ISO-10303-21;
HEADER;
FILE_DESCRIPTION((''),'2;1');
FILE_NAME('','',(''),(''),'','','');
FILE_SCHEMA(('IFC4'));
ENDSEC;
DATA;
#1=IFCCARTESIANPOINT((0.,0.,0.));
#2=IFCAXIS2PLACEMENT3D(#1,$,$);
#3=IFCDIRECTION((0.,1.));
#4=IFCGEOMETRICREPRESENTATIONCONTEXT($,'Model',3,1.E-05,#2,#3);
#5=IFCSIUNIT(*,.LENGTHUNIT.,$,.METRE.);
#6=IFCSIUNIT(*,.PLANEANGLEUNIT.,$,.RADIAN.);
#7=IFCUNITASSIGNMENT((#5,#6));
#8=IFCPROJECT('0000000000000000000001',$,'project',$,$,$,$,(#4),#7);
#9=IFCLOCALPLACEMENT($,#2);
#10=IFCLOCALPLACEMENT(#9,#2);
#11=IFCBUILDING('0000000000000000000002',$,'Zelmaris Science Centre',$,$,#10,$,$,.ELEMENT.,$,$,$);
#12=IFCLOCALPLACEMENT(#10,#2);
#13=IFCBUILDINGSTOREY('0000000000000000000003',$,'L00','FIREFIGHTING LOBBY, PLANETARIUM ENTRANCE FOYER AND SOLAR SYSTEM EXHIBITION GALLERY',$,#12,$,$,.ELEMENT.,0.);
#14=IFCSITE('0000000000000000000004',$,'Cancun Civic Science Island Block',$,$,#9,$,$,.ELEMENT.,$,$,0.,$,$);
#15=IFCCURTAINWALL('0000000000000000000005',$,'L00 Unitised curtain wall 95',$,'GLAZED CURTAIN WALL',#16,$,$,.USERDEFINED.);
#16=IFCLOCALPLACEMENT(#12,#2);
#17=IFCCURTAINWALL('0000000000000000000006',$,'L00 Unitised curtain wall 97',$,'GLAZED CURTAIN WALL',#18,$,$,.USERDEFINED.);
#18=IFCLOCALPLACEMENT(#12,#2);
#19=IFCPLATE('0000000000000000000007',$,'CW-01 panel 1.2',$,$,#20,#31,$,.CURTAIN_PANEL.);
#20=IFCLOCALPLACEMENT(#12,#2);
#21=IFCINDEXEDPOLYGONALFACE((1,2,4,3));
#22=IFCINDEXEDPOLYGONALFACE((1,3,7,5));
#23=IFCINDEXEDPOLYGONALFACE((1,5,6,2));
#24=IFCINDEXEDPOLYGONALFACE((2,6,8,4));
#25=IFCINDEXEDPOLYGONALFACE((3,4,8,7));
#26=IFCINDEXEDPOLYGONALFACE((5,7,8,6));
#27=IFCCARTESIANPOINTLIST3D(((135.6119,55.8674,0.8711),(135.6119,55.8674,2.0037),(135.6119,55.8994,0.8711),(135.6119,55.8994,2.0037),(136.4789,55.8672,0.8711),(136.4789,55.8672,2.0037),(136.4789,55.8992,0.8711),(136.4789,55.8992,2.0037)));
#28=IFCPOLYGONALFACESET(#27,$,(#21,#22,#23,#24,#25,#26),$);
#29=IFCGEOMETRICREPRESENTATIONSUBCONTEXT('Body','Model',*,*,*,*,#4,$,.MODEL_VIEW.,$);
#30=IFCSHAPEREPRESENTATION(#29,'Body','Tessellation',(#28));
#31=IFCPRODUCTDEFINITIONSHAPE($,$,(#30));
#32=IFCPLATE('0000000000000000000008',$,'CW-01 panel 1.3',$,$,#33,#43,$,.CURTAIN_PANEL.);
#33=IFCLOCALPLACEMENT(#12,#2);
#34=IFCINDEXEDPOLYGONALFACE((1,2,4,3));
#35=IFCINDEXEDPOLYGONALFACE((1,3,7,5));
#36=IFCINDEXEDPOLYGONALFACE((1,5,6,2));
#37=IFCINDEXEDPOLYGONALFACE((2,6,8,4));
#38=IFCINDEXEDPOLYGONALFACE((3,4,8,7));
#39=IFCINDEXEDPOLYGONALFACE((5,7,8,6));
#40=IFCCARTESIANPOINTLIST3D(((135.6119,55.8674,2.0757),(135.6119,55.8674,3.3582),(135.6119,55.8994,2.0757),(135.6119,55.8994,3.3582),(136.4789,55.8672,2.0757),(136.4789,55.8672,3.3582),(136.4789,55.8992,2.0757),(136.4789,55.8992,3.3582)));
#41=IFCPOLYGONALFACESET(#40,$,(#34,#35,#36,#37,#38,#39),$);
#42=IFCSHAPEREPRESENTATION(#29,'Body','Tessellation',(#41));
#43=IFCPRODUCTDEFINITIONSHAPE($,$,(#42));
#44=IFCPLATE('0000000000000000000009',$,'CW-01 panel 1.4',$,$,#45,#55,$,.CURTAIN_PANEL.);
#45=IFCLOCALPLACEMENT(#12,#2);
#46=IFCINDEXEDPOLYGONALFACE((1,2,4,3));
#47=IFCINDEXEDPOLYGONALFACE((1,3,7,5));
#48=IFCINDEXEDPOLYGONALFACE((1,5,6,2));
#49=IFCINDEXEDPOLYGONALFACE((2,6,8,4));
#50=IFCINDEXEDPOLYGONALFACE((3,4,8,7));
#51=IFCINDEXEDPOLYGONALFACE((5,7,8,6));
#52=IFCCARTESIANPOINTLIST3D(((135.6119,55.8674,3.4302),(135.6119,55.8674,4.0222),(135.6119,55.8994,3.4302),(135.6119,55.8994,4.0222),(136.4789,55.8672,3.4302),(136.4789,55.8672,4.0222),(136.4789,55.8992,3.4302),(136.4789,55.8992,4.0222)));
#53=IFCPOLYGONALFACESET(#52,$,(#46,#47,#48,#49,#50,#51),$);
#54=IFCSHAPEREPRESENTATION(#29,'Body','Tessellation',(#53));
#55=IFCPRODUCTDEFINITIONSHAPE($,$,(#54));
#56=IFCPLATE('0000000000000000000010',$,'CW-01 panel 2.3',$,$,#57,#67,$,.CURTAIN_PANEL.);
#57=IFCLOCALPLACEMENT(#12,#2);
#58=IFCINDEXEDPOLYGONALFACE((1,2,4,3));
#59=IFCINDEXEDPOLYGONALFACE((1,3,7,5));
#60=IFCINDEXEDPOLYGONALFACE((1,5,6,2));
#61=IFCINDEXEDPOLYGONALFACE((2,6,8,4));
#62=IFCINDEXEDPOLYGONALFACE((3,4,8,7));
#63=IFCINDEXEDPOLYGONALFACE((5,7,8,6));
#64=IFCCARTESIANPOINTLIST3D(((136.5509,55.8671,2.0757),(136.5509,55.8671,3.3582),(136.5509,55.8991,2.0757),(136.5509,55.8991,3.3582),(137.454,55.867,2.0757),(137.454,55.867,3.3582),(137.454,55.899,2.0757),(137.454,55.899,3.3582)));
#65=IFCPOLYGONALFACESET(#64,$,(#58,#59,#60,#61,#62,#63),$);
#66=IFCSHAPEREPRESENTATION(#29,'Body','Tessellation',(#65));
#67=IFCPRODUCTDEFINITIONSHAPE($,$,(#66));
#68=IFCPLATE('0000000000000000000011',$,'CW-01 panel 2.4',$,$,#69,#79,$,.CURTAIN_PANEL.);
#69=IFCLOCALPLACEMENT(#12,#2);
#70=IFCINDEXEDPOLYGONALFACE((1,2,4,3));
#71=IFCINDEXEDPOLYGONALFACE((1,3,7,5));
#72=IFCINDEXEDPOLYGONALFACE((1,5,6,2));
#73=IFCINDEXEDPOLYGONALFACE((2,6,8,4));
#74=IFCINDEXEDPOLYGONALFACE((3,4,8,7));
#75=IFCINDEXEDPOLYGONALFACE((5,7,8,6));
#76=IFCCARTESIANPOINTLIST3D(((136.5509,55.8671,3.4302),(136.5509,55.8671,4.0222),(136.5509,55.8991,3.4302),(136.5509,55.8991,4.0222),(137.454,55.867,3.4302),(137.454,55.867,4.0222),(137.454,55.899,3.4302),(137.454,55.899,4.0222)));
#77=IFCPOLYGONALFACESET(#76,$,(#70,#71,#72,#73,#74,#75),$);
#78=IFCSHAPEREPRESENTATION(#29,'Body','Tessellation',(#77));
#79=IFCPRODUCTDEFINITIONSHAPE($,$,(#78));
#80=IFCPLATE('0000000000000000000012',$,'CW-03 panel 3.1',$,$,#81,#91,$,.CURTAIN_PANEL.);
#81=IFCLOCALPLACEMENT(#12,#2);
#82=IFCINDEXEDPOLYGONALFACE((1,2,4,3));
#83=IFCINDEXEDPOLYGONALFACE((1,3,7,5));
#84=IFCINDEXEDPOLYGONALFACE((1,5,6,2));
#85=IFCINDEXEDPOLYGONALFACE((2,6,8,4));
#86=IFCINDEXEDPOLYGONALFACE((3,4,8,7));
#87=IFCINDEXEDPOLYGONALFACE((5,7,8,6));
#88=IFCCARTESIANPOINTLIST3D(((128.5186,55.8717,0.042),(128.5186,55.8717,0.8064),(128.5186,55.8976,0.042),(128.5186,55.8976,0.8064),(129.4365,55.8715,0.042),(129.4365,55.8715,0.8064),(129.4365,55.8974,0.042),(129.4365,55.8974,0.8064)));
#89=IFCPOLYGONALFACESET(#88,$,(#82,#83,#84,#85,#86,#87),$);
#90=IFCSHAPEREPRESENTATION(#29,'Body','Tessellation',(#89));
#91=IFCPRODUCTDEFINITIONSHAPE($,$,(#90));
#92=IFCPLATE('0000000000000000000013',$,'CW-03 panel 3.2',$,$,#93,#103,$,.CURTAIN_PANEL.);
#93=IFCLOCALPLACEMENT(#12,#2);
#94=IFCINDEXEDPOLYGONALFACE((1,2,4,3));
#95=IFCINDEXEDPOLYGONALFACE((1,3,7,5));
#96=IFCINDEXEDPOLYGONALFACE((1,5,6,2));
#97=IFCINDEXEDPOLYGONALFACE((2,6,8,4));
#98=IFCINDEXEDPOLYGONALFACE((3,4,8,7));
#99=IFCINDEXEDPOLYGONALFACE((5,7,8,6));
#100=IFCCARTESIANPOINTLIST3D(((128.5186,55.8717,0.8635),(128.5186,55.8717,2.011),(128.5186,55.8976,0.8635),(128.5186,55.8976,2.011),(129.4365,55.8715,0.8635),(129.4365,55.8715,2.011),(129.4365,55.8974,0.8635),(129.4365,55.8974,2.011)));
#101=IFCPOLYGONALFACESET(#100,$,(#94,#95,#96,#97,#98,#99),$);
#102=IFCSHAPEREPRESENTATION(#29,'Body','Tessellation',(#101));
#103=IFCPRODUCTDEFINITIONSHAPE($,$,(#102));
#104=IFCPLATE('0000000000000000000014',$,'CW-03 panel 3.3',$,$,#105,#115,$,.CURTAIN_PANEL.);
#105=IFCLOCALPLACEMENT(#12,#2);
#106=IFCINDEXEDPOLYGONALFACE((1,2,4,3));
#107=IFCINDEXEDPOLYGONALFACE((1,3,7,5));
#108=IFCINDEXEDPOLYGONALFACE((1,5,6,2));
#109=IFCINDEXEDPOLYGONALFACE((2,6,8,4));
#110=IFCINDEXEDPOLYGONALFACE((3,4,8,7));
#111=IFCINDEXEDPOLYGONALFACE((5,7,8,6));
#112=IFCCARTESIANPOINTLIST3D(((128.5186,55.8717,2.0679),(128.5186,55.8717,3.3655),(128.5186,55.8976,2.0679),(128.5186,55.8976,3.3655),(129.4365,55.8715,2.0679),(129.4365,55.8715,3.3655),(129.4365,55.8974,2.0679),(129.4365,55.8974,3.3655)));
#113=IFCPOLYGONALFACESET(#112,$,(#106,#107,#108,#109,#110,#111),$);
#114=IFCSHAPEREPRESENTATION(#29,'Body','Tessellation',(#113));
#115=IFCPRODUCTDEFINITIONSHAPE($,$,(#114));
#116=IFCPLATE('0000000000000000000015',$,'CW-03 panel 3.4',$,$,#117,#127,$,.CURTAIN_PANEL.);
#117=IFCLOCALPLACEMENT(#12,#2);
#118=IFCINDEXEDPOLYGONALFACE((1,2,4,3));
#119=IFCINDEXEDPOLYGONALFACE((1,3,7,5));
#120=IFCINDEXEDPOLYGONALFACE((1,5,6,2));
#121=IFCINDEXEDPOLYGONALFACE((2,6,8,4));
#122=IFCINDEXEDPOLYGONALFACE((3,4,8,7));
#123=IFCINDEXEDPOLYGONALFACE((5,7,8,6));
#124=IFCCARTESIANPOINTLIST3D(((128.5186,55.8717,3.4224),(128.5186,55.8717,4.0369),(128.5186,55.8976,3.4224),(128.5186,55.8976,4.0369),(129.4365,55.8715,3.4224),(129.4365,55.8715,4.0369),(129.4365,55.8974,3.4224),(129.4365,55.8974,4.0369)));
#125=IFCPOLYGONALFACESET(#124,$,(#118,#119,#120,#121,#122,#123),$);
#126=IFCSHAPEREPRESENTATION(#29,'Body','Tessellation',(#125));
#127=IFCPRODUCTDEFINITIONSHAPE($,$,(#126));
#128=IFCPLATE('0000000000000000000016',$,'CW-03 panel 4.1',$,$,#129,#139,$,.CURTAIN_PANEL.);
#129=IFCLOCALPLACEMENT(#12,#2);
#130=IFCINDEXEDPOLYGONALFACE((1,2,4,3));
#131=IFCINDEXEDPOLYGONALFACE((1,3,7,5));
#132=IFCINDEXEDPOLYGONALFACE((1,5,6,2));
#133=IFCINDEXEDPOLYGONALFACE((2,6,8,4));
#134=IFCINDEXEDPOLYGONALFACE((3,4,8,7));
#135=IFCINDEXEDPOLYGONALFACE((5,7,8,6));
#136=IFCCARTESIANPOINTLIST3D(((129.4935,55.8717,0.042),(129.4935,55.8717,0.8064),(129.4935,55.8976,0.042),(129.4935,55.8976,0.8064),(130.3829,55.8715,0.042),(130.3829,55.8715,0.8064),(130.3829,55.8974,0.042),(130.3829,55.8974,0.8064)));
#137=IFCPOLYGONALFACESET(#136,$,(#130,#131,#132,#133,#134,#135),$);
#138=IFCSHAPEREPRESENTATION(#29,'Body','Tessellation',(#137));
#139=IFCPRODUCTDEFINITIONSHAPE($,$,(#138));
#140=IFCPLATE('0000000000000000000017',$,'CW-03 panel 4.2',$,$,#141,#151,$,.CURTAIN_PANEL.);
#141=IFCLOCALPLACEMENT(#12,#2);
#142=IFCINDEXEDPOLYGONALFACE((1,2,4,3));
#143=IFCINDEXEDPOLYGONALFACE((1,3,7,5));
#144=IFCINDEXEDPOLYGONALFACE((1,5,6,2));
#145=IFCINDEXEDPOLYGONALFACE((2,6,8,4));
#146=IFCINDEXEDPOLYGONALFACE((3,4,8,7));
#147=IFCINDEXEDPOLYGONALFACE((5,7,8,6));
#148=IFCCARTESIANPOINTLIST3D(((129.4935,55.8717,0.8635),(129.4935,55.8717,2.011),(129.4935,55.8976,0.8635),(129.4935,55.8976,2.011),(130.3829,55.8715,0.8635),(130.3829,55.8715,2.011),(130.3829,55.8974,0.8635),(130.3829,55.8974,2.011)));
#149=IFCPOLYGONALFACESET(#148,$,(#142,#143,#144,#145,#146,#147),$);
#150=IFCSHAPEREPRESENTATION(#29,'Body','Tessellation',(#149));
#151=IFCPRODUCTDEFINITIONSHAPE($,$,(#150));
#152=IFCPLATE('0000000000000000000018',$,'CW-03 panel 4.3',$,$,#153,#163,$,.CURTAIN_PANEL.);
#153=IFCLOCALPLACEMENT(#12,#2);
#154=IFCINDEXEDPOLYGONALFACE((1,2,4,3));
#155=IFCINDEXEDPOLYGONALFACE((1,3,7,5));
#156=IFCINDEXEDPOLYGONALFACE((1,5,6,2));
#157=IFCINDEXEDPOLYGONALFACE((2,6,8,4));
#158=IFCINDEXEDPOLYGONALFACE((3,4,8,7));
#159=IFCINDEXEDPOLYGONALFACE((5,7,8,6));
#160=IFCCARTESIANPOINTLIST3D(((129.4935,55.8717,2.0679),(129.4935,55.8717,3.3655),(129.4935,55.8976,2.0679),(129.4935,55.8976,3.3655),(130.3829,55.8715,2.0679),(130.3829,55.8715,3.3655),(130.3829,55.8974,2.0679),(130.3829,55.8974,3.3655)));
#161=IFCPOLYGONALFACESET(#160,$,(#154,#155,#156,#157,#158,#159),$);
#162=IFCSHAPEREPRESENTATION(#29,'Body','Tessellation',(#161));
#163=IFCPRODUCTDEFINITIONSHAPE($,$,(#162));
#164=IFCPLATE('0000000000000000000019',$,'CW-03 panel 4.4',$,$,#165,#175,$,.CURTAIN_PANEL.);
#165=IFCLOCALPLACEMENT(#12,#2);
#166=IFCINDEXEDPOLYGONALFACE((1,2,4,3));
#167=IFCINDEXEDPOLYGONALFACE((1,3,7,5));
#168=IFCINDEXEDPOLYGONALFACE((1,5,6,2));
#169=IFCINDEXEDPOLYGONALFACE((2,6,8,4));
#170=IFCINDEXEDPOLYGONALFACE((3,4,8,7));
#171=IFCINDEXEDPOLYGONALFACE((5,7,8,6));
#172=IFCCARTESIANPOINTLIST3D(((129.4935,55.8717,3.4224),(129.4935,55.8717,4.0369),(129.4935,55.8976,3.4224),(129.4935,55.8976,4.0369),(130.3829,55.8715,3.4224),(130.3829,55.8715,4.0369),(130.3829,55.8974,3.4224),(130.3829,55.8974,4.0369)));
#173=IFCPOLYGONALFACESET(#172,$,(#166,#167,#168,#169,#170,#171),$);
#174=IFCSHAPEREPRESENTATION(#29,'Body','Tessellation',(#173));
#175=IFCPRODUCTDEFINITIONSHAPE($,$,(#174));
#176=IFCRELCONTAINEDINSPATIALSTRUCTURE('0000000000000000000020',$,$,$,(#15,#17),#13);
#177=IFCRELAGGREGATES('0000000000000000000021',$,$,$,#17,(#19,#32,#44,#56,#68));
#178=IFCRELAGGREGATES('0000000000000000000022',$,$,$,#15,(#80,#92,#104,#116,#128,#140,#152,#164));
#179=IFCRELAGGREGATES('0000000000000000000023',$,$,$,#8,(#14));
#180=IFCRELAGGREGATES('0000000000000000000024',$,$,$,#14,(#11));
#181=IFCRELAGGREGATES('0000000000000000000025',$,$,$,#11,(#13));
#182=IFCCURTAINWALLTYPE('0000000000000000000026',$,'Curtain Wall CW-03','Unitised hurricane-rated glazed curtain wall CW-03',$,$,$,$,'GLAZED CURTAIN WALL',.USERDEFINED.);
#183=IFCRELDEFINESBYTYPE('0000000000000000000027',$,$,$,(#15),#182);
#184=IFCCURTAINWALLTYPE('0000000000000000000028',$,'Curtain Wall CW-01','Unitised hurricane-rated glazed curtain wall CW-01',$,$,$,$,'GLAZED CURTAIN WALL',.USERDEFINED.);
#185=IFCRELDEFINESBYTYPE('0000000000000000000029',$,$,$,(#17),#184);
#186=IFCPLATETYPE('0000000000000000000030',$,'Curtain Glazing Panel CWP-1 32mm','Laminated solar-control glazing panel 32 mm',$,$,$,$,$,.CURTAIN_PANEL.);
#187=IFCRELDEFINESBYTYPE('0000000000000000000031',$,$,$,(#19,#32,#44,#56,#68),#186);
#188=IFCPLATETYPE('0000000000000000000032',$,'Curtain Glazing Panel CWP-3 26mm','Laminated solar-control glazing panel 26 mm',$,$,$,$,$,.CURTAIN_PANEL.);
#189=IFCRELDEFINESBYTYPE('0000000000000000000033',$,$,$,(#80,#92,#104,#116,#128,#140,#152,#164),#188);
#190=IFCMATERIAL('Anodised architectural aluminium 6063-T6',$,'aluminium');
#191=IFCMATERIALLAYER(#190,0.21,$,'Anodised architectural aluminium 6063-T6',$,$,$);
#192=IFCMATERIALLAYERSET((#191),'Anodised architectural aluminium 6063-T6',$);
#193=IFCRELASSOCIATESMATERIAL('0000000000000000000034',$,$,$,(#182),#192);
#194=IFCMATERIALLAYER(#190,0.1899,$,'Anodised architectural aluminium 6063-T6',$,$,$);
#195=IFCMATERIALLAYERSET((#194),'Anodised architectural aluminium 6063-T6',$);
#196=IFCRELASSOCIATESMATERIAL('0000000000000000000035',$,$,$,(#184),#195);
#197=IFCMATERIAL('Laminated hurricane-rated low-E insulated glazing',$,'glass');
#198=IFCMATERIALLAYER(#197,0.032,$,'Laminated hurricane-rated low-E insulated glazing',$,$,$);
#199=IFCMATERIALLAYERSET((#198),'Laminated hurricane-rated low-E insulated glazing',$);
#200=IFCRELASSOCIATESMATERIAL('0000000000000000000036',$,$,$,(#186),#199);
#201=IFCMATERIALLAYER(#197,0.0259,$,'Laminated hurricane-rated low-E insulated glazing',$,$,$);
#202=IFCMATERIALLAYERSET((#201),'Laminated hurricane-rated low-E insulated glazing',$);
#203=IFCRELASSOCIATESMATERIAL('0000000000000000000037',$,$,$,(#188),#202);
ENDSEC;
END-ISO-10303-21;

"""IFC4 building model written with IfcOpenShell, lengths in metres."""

from ifc_helpers import new_model, si_unit, direction, frame, origin, origin_2d, place, context, subcontext, project, spatial, rectangle, extrude, material, layer, layer_set, type_object, element, aggregate, save


model = new_model("IFC4")

# Units and contexts
model_context = context("Model", 3, precision=1e-05, world=origin(), true_north=direction((0.0, 1.0)))
body_context = subcontext(model_context, "Body", "Model", "MODEL_VIEW")
ifc_project = project(units=[si_unit("LENGTHUNIT", "METRE"), si_unit("PLANEANGLEUNIT", "RADIAN")], contexts=[model_context])

# Site, building, storey
site_placement = place(None, origin())
site = spatial("IfcSite", under=ifc_project, at=site_placement, Name="Cancun Civic Science Island Block", CompositionType="ELEMENT", RefElevation=0.0)
building_placement = place(site_placement, origin())
building = spatial("IfcBuilding", under=site, at=building_placement, Name="Zelmaris Science Centre", CompositionType="ELEMENT")
storey_placement = place(building_placement, origin())
storey = spatial("IfcBuildingStorey", under=building, at=storey_placement, Name="L00", Description="FIREFIGHTING LOBBY, PLANETARIUM ENTRANCE FOYER AND SOLAR SYSTEM EXHIBITION GALLERY", CompositionType="ELEMENT", Elevation=0.0)

# Curtain walls
ifc_material_1 = material(Name="Anodised architectural aluminium 6063-T6", Category="aluminium")
ifc_layer_1 = layer(ifc_material_1, 0.21, Name="Anodised architectural aluminium 6063-T6")
ifc_layer_set_1 = layer_set([ifc_layer_1], Name="Anodised architectural aluminium 6063-T6")
curtain_wall_type_1 = type_object("IfcCurtainWallType", Name="Curtain Wall CW-03", Description="Unitised hurricane-rated glazed curtain wall CW-03", ElementType="GLAZED CURTAIN WALL", PredefinedType="USERDEFINED", material=ifc_layer_set_1)
curtain_wall_1_placement = place(storey_placement, origin())
curtain_wall_1 = element("IfcCurtainWall", 1, at=curtain_wall_1_placement, inside=storey, type_object=curtain_wall_type_1, Name="L00 Unitised curtain wall 95", ObjectType="GLAZED CURTAIN WALL", PredefinedType="USERDEFINED")
ifc_layer_2 = layer(ifc_material_1, 0.1899, Name="Anodised architectural aluminium 6063-T6")
ifc_layer_set_2 = layer_set([ifc_layer_2], Name="Anodised architectural aluminium 6063-T6")
curtain_wall_type_2 = type_object("IfcCurtainWallType", Name="Curtain Wall CW-01", Description="Unitised hurricane-rated glazed curtain wall CW-01", ElementType="GLAZED CURTAIN WALL", PredefinedType="USERDEFINED", material=ifc_layer_set_2)
curtain_wall_2_placement = place(storey_placement, origin())
curtain_wall_2 = element("IfcCurtainWall", 2, at=curtain_wall_2_placement, inside=storey, type_object=curtain_wall_type_2, Name="L00 Unitised curtain wall 97", ObjectType="GLAZED CURTAIN WALL", PredefinedType="USERDEFINED")

# Plates
ifc_material_2 = material(Name="Laminated hurricane-rated low-E insulated glazing", Category="glass")
ifc_layer_3 = layer(ifc_material_2, 0.032, Name="Laminated hurricane-rated low-E insulated glazing")
ifc_layer_set_3 = layer_set([ifc_layer_3], Name="Laminated hurricane-rated low-E insulated glazing")
plate_type_1 = type_object("IfcPlateType", Name="Curtain Glazing Panel CWP-1 32mm", Description="Laminated solar-control glazing panel 32 mm", PredefinedType="CURTAIN_PANEL", material=ifc_layer_set_3)
plate_1_placement = place(storey_placement, frame((136.0454, 55.8833, 0.8711), z_axis=(0.0, 0.0, 1.0), x_axis=(1.0, -0.000179, 0.0)))
plate_1 = element("IfcPlate", 3, at=plate_1_placement, type_object=plate_type_1, Name="CW-01 panel 1.2", PredefinedType="CURTAIN_PANEL", context=body_context, shape_type="SweptSolid", body=[
    extrude(rectangle(XDim=0.8669, YDim=0.032, at=origin_2d()), origin(), (0.0, 0.0, 1.0), 1.1326),
])
plate_2_placement = place(storey_placement, frame((136.0454, 55.8833, 2.0757), z_axis=(0.0, 0.0, 1.0), x_axis=(1.0, -0.000179, 0.0)))
plate_2 = element("IfcPlate", 4, at=plate_2_placement, type_object=plate_type_1, Name="CW-01 panel 1.3", PredefinedType="CURTAIN_PANEL", context=body_context, shape_type="SweptSolid", body=[
    extrude(rectangle(XDim=0.8669, YDim=0.032, at=origin_2d()), origin(), (0.0, 0.0, 1.0), 1.2825),
])
plate_3_placement = place(storey_placement, frame((136.0454, 55.8833, 3.4302), z_axis=(0.0, 0.0, 1.0), x_axis=(1.0, -0.000179, 0.0)))
plate_3 = element("IfcPlate", 5, at=plate_3_placement, type_object=plate_type_1, Name="CW-01 panel 1.4", PredefinedType="CURTAIN_PANEL", context=body_context, shape_type="SweptSolid", body=[
    extrude(rectangle(XDim=0.8669, YDim=0.032, at=origin_2d()), origin(), (0.0, 0.0, 1.0), 0.592),
])
plate_4_placement = place(storey_placement, frame((137.0024, 55.8831, 2.0757), z_axis=(0.0, 0.0, 1.0), x_axis=(1.0, -0.000179, 0.0)))
plate_4 = element("IfcPlate", 6, at=plate_4_placement, type_object=plate_type_1, Name="CW-01 panel 2.3", PredefinedType="CURTAIN_PANEL", context=body_context, shape_type="SweptSolid", body=[
    extrude(rectangle(XDim=0.9031, YDim=0.032, at=origin_2d()), origin(), (0.0, 0.0, 1.0), 1.2825),
])
plate_5_placement = place(storey_placement, frame((137.0024, 55.8831, 3.4302), z_axis=(0.0, 0.0, 1.0), x_axis=(1.0, -0.000179, 0.0)))
plate_5 = element("IfcPlate", 7, at=plate_5_placement, type_object=plate_type_1, Name="CW-01 panel 2.4", PredefinedType="CURTAIN_PANEL", context=body_context, shape_type="SweptSolid", body=[
    extrude(rectangle(XDim=0.9031, YDim=0.032, at=origin_2d()), origin(), (0.0, 0.0, 1.0), 0.592),
])
aggregate(curtain_wall_2, [plate_1, plate_2, plate_3, plate_4, plate_5])
ifc_layer_4 = layer(ifc_material_2, 0.0259, Name="Laminated hurricane-rated low-E insulated glazing")
ifc_layer_set_4 = layer_set([ifc_layer_4], Name="Laminated hurricane-rated low-E insulated glazing")
plate_type_2 = type_object("IfcPlateType", Name="Curtain Glazing Panel CWP-3 26mm", Description="Laminated solar-control glazing panel 26 mm", PredefinedType="CURTAIN_PANEL", material=ifc_layer_set_4)
plate_6_placement = place(storey_placement, frame((128.9775, 55.8845, 0.042), z_axis=(0.0, 0.0, 1.0), x_axis=(1.0, -0.000205, 0.0)))
plate_6 = element("IfcPlate", 8, at=plate_6_placement, type_object=plate_type_2, Name="CW-03 panel 3.1", PredefinedType="CURTAIN_PANEL", context=body_context, shape_type="SweptSolid", body=[
    extrude(rectangle(XDim=0.918, YDim=0.0259, at=origin_2d()), origin(), (0.0, 0.0, 1.0), 0.7644),
])
plate_7_placement = place(storey_placement, frame((128.9775, 55.8845, 0.8635), z_axis=(0.0, 0.0, 1.0), x_axis=(1.0, -0.000205, 0.0)))
plate_7 = element("IfcPlate", 9, at=plate_7_placement, type_object=plate_type_2, Name="CW-03 panel 3.2", PredefinedType="CURTAIN_PANEL", context=body_context, shape_type="SweptSolid", body=[
    extrude(rectangle(XDim=0.918, YDim=0.0259, at=origin_2d()), origin(), (0.0, 0.0, 1.0), 1.1475),
])
plate_8_placement = place(storey_placement, frame((128.9775, 55.8845, 2.0679), z_axis=(0.0, 0.0, 1.0), x_axis=(1.0, -0.000205, 0.0)))
plate_8 = element("IfcPlate", 10, at=plate_8_placement, type_object=plate_type_2, Name="CW-03 panel 3.3", PredefinedType="CURTAIN_PANEL", context=body_context, shape_type="SweptSolid", body=[
    extrude(rectangle(XDim=0.918, YDim=0.0259, at=origin_2d()), origin(), (0.0, 0.0, 1.0), 1.2976),
])
plate_9_placement = place(storey_placement, frame((128.9775, 55.8845, 3.4224), z_axis=(0.0, 0.0, 1.0), x_axis=(1.0, -0.000205, 0.0)))
plate_9 = element("IfcPlate", 11, at=plate_9_placement, type_object=plate_type_2, Name="CW-03 panel 3.4", PredefinedType="CURTAIN_PANEL", context=body_context, shape_type="SweptSolid", body=[
    extrude(rectangle(XDim=0.918, YDim=0.0259, at=origin_2d()), origin(), (0.0, 0.0, 1.0), 0.6145),
])
plate_10_placement = place(storey_placement, frame((129.9382, 55.8845, 0.042), z_axis=(0.0, 0.0, 1.0), x_axis=(1.0, -0.000205, 0.0)))
plate_10 = element("IfcPlate", 12, at=plate_10_placement, type_object=plate_type_2, Name="CW-03 panel 4.1", PredefinedType="CURTAIN_PANEL", context=body_context, shape_type="SweptSolid", body=[
    extrude(rectangle(XDim=0.8894, YDim=0.0259, at=origin_2d()), origin(), (0.0, 0.0, 1.0), 0.7644),
])
plate_11_placement = place(storey_placement, frame((129.9382, 55.8845, 0.8635), z_axis=(0.0, 0.0, 1.0), x_axis=(1.0, -0.000205, 0.0)))
plate_11 = element("IfcPlate", 13, at=plate_11_placement, type_object=plate_type_2, Name="CW-03 panel 4.2", PredefinedType="CURTAIN_PANEL", context=body_context, shape_type="SweptSolid", body=[
    extrude(rectangle(XDim=0.8894, YDim=0.0259, at=origin_2d()), origin(), (0.0, 0.0, 1.0), 1.1475),
])
plate_12_placement = place(storey_placement, frame((129.9382, 55.8845, 2.0679), z_axis=(0.0, 0.0, 1.0), x_axis=(1.0, -0.000205, 0.0)))
plate_12 = element("IfcPlate", 14, at=plate_12_placement, type_object=plate_type_2, Name="CW-03 panel 4.3", PredefinedType="CURTAIN_PANEL", context=body_context, shape_type="SweptSolid", body=[
    extrude(rectangle(XDim=0.8894, YDim=0.0259, at=origin_2d()), origin(), (0.0, 0.0, 1.0), 1.2976),
])
plate_13_placement = place(storey_placement, frame((129.9382, 55.8845, 3.4224), z_axis=(0.0, 0.0, 1.0), x_axis=(1.0, -0.000205, 0.0)))
plate_13 = element("IfcPlate", 15, at=plate_13_placement, type_object=plate_type_2, Name="CW-03 panel 4.4", PredefinedType="CURTAIN_PANEL", context=body_context, shape_type="SweptSolid", body=[
    extrude(rectangle(XDim=0.8894, YDim=0.0259, at=origin_2d()), origin(), (0.0, 0.0, 1.0), 0.6145),
])
aggregate(curtain_wall_1, [plate_6, plate_7, plate_8, plate_9, plate_10, plate_11, plate_12, plate_13])

save(model, "model.ifc")
